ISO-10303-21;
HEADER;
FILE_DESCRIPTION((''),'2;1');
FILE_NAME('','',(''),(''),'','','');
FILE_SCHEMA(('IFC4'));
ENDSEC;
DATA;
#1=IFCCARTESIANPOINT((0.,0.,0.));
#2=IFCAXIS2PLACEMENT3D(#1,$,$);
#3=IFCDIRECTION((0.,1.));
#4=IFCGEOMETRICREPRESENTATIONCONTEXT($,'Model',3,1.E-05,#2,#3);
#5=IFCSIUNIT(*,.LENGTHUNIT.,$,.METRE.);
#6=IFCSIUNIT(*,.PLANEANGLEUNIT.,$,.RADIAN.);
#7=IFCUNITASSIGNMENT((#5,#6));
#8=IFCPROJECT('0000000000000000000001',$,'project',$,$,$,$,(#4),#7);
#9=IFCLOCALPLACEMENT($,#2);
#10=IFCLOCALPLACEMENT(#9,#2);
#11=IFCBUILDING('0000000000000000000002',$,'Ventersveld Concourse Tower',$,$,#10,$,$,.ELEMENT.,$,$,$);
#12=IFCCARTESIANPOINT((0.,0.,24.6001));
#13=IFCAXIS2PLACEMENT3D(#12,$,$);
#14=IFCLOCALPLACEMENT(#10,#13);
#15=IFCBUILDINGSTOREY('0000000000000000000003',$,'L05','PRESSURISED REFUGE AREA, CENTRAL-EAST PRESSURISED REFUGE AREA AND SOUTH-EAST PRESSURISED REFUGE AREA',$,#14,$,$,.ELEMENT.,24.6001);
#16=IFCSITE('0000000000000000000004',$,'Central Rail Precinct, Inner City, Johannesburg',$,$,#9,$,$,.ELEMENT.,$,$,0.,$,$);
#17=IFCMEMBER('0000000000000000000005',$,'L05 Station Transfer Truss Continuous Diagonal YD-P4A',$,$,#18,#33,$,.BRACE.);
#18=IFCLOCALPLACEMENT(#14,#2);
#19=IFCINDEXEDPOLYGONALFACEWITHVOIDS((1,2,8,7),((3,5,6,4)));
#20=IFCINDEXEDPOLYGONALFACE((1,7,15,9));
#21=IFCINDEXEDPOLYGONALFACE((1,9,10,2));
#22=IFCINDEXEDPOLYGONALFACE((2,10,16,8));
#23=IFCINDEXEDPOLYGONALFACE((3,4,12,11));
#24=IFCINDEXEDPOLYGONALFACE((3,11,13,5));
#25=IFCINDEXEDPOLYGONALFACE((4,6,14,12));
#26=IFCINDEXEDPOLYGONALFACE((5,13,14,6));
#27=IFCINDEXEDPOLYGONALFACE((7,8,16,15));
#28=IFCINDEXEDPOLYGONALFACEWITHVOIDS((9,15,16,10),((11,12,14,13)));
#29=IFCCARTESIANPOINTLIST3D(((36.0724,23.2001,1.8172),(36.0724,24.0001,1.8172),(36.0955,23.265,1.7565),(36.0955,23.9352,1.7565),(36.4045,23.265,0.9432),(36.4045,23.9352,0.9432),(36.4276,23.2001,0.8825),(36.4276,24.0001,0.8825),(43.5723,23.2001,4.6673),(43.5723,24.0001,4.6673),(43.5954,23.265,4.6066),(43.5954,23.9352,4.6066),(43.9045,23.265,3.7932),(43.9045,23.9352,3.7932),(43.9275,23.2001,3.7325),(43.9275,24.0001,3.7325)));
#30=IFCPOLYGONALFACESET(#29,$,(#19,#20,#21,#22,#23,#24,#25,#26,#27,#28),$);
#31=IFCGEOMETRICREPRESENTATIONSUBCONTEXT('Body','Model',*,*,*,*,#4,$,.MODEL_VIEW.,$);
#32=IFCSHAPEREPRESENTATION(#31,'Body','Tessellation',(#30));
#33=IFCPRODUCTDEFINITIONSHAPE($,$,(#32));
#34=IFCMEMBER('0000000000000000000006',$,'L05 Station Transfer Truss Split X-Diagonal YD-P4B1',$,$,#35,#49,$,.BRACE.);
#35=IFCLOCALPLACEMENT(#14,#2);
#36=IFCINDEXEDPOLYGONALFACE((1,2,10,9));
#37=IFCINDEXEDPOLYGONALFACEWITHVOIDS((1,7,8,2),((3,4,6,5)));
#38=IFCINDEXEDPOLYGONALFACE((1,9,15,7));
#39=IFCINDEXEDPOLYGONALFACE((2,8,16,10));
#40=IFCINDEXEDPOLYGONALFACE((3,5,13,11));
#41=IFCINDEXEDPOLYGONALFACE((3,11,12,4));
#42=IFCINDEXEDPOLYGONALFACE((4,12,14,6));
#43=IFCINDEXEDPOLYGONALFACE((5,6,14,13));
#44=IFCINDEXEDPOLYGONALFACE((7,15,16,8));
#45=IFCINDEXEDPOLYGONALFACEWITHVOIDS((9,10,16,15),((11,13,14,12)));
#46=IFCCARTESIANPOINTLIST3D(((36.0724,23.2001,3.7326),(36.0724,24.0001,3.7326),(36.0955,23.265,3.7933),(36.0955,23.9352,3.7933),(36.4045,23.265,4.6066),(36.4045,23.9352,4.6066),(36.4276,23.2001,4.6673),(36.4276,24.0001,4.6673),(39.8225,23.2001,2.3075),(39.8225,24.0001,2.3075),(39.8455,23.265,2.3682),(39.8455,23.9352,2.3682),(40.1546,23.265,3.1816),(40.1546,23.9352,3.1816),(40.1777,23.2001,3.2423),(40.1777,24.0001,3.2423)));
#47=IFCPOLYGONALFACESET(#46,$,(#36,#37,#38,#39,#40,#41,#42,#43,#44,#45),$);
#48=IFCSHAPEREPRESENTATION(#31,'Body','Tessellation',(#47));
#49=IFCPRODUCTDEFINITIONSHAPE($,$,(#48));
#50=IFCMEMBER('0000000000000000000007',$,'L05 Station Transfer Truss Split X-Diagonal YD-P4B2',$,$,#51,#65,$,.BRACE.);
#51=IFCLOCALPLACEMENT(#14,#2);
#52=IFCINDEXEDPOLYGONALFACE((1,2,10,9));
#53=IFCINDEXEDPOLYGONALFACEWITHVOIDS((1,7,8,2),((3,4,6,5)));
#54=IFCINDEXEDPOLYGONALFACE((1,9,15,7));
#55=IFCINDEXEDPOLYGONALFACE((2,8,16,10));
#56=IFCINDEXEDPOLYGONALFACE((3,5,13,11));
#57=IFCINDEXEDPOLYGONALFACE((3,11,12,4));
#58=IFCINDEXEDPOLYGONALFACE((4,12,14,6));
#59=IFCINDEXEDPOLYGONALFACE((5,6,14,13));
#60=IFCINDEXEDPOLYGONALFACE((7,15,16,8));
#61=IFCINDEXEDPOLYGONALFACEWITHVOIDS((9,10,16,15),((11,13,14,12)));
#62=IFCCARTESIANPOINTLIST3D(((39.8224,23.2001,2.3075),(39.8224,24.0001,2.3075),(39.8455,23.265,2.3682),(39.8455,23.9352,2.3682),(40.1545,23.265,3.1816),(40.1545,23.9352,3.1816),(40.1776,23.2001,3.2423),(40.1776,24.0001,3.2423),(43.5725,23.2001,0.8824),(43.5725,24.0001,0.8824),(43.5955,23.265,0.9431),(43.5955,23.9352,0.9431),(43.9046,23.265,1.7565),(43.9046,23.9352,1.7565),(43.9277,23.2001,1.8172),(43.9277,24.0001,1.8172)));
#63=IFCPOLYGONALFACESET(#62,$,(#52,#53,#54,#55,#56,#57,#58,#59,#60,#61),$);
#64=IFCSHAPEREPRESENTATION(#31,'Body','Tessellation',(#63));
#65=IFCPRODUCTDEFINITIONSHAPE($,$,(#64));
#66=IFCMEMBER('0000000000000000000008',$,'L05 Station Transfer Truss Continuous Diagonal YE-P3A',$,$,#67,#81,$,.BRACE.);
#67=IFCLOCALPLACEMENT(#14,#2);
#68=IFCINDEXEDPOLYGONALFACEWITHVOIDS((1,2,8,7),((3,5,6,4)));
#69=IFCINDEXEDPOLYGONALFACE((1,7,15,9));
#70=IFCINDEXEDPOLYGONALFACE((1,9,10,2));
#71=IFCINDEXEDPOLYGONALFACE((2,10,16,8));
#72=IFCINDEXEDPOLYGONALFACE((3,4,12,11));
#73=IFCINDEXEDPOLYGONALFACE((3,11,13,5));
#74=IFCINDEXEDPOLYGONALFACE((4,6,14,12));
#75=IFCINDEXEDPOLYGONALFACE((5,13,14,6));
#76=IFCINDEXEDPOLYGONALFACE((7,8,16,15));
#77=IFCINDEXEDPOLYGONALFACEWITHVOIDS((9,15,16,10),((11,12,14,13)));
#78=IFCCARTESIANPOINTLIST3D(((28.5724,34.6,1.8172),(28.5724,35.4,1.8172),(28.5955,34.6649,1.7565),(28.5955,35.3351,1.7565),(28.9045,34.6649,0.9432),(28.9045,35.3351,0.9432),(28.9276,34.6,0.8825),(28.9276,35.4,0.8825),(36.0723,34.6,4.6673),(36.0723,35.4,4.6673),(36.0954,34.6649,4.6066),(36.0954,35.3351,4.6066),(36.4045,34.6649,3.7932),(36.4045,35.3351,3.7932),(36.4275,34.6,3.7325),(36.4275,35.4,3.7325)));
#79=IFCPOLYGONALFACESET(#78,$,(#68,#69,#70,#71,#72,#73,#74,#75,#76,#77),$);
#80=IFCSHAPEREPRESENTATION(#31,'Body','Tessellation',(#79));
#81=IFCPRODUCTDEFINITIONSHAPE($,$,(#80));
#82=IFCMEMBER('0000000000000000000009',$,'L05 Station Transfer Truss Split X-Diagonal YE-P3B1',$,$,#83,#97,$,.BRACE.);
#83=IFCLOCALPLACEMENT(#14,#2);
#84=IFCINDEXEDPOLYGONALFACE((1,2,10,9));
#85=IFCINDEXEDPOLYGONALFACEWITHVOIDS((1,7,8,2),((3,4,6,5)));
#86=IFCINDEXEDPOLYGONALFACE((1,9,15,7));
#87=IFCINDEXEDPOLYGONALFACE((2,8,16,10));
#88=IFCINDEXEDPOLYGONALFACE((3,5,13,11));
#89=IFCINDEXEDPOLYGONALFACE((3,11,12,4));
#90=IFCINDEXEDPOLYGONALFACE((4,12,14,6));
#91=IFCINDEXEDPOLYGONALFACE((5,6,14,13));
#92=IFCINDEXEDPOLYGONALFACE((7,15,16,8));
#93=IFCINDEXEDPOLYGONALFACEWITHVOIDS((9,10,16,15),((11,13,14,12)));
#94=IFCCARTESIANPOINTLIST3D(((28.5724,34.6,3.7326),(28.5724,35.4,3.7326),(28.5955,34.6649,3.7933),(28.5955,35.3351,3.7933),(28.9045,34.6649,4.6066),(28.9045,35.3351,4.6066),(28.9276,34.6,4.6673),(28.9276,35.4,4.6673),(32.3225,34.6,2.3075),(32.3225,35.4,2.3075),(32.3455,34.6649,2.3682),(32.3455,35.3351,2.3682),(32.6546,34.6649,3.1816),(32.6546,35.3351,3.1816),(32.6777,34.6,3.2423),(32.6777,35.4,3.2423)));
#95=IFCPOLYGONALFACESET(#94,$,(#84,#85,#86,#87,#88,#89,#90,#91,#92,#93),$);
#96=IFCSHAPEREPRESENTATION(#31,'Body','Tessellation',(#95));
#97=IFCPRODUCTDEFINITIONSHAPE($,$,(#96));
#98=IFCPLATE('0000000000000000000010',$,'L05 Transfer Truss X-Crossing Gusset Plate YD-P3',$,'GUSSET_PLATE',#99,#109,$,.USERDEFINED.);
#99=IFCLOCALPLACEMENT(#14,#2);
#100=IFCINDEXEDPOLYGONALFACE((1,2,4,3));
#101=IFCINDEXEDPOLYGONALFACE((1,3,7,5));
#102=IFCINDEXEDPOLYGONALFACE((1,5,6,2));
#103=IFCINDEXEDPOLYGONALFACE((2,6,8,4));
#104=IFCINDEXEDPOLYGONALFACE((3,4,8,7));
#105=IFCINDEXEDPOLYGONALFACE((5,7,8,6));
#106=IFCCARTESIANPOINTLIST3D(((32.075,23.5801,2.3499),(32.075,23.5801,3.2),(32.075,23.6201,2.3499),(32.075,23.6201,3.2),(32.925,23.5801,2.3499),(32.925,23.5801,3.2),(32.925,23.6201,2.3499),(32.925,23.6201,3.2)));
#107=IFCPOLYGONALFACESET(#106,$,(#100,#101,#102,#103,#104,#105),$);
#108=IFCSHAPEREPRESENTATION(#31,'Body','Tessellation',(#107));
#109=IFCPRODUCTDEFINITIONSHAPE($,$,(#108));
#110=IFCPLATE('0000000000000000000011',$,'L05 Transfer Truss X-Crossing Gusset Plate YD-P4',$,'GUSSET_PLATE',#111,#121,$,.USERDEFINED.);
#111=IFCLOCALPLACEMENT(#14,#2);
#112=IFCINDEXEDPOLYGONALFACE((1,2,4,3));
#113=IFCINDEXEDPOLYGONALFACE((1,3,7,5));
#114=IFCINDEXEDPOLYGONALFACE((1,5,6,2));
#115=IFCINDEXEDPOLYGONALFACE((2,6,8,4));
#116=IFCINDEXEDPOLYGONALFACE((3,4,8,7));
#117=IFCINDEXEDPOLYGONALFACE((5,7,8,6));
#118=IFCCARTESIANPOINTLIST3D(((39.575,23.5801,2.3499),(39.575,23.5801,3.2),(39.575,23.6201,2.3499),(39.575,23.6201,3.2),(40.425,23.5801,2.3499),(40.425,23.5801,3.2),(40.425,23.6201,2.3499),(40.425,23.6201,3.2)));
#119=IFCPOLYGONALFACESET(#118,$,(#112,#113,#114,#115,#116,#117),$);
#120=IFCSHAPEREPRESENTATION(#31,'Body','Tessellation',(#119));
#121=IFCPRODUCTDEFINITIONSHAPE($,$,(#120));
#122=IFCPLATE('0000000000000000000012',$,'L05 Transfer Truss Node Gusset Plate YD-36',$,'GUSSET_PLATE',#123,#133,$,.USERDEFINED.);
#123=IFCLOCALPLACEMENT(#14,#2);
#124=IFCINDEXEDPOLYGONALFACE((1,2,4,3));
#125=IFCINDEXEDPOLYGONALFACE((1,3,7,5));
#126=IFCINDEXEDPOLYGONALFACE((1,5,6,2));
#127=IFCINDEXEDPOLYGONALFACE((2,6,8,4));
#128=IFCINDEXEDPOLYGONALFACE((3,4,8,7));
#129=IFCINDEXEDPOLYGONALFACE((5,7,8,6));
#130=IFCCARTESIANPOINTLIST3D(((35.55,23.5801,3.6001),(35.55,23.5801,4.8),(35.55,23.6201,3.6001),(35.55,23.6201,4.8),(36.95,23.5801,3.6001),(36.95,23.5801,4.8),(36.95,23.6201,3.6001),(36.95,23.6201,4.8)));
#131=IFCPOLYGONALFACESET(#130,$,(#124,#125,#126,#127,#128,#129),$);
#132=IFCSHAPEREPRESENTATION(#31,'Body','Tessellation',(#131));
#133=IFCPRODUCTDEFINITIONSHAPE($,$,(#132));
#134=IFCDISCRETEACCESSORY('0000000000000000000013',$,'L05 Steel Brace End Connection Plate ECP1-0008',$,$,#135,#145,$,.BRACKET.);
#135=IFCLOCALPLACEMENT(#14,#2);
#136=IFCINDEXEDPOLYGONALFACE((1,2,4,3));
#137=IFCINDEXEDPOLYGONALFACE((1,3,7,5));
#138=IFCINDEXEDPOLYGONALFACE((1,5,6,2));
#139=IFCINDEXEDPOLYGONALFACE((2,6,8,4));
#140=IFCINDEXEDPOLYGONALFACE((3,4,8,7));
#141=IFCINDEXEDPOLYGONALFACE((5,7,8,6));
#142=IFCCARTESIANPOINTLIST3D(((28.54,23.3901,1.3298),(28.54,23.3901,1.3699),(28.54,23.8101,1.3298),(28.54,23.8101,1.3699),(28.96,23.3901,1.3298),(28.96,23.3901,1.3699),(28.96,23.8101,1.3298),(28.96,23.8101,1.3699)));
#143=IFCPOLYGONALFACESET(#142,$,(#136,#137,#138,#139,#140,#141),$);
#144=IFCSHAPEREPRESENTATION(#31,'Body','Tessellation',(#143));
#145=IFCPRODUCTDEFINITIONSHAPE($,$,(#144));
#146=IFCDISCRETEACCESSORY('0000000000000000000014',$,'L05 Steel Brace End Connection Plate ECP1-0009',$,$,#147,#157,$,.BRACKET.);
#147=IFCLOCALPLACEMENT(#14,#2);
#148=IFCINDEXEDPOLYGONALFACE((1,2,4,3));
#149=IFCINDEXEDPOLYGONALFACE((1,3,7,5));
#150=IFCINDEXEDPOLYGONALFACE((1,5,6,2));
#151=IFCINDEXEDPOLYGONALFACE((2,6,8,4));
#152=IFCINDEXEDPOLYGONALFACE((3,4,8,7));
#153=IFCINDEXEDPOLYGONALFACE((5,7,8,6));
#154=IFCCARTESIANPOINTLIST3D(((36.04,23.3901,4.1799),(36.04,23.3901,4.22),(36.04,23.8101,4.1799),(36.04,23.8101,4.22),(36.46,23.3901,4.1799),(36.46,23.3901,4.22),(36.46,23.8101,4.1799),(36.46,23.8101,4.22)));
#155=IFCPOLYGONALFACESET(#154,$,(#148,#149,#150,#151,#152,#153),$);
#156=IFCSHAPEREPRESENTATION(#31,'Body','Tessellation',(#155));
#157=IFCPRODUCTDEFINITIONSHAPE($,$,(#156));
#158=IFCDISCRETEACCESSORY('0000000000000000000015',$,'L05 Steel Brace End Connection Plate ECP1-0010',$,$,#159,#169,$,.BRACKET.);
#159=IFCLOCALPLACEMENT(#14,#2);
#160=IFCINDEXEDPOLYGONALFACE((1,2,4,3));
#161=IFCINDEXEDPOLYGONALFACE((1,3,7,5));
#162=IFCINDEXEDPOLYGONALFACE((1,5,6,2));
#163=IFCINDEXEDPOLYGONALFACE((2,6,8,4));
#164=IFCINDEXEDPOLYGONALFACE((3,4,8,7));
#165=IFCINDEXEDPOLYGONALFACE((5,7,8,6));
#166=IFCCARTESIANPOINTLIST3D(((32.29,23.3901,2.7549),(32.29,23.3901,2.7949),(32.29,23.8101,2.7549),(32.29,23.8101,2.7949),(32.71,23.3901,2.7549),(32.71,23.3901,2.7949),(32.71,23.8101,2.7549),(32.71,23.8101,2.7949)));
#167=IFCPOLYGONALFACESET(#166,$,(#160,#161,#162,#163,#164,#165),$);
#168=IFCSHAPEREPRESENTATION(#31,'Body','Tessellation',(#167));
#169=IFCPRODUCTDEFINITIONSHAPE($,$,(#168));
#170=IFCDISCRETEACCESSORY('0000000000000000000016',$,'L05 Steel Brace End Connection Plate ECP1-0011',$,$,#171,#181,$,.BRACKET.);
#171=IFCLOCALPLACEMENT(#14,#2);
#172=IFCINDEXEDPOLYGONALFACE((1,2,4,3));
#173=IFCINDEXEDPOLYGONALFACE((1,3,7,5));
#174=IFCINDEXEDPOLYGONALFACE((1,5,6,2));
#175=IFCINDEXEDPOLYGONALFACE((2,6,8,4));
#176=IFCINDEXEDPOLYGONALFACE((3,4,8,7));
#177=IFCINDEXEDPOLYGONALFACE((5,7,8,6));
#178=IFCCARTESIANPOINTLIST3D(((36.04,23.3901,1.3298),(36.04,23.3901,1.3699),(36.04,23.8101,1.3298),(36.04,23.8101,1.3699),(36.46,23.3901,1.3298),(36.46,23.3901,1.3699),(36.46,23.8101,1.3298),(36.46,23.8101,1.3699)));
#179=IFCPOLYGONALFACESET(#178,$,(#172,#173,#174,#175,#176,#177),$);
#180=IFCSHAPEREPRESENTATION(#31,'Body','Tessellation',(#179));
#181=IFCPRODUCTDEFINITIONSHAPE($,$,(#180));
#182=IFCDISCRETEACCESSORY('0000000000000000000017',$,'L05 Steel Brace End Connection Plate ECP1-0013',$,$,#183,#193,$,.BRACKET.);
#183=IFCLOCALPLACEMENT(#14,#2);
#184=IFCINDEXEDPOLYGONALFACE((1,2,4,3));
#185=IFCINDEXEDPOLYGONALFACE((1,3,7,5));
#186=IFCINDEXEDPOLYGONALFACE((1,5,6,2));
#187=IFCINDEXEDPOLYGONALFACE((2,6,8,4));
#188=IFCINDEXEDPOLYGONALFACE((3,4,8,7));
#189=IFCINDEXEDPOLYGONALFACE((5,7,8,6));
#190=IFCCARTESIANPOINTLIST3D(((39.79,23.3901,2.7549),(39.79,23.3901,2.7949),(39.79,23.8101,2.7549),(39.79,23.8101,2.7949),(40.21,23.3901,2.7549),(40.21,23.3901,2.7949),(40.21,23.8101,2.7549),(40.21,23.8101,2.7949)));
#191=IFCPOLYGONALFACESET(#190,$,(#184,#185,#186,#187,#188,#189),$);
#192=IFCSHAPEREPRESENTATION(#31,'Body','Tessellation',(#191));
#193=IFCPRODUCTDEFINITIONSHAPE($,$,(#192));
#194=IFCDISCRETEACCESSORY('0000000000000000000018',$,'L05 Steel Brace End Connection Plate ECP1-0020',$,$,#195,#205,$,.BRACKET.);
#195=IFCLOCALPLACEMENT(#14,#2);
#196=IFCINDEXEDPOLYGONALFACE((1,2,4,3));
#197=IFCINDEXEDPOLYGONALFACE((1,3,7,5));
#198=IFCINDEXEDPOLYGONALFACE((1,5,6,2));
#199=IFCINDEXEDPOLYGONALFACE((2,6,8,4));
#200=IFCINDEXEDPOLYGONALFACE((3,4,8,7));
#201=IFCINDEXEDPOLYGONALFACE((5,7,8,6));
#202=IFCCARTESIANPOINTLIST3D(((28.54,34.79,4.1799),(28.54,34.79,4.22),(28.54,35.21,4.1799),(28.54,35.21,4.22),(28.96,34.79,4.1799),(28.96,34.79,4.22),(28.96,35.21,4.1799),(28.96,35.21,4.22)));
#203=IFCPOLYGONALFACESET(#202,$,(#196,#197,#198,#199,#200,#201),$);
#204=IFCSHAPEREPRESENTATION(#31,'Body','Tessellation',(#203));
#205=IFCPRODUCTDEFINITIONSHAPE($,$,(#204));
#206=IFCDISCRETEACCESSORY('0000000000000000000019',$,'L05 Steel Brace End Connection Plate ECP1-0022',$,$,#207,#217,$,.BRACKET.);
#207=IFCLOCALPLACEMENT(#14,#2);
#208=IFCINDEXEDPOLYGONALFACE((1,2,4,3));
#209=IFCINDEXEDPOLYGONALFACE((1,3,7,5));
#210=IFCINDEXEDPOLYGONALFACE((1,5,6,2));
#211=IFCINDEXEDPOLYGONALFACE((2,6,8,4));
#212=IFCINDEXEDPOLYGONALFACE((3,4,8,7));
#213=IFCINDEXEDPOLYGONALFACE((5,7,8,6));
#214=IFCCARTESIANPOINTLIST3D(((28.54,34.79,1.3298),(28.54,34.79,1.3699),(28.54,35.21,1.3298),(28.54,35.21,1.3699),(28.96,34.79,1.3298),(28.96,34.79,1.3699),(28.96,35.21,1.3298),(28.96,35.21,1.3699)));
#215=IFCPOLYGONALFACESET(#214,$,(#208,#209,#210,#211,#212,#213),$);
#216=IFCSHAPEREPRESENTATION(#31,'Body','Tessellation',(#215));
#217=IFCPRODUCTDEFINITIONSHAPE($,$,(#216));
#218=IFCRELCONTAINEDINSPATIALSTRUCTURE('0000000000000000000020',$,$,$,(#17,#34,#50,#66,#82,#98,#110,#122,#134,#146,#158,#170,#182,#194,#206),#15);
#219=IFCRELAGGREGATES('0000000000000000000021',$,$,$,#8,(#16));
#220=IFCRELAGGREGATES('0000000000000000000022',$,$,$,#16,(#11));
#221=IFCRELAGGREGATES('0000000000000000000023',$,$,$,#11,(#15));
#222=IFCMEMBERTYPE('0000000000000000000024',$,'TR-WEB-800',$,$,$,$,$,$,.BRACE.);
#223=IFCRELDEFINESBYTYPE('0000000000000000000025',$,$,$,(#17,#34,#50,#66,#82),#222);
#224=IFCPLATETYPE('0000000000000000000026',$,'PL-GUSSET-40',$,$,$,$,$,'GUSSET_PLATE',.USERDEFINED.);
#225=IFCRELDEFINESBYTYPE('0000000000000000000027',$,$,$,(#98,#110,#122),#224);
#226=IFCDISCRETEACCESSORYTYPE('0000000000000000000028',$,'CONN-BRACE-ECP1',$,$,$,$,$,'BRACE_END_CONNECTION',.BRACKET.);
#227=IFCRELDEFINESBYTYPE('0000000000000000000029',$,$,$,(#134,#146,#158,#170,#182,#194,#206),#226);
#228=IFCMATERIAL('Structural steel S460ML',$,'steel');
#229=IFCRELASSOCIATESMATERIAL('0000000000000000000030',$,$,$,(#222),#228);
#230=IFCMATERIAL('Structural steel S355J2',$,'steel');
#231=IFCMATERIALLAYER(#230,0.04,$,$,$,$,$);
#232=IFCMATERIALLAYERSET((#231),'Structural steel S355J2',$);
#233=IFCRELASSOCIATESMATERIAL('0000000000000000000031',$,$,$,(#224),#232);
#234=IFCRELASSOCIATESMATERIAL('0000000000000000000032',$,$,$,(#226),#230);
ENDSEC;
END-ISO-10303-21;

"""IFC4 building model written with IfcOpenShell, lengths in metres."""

from ifc_helpers import new_model, si_unit, direction, frame, origin, origin_2d, place, context, subcontext, project, spatial, rectangle, hollow_rectangle, extrude, material, layer, layer_set, material_profile, profile_set, type_object, element, save


model = new_model("IFC4")

# Units and contexts
model_context = context("Model", 3, precision=1e-05, world=origin(), true_north=direction((0.0, 1.0)))
body_context = subcontext(model_context, "Body", "Model", "MODEL_VIEW")
ifc_project = project(units=[si_unit("LENGTHUNIT", "METRE"), si_unit("PLANEANGLEUNIT", "RADIAN")], contexts=[model_context])

# Site, building, storey
site_placement = place(None, origin())
site = spatial("IfcSite", under=ifc_project, at=site_placement, Name="Central Rail Precinct, Inner City, Johannesburg", CompositionType="ELEMENT", RefElevation=0.0)
building_placement = place(site_placement, origin())
building = spatial("IfcBuilding", under=site, at=building_placement, Name="Ventersveld Concourse Tower", CompositionType="ELEMENT")
storey_placement = place(building_placement, frame((0.0, 0.0, 24.6001)))
storey = spatial("IfcBuildingStorey", under=building, at=storey_placement, Name="L05", Description="PRESSURISED REFUGE AREA, CENTRAL-EAST PRESSURISED REFUGE AREA AND SOUTH-EAST PRESSURISED REFUGE AREA", CompositionType="ELEMENT", Elevation=24.6001)

# Shared definitions
ifc_material_1 = material(Name="Structural steel S355J2", Category="steel")

# Shared definitions
ifc_material_2 = material(Name="Structural steel S460ML", Category="steel")

# Members
ifc_material_profile_1 = material_profile(ifc_material_2, hollow_rectangle(XDim=0.8, YDim=1.0, WallThickness=0.0649, at=origin_2d()), Name="BOX 1000x800x65")
ifc_profile_set_1 = profile_set([ifc_material_profile_1], Name="Structural steel S460ML")
member_type_1 = type_object("IfcMemberType", Name="TR-WEB-800", PredefinedType="BRACE", material=ifc_profile_set_1)
member_1_placement = place(storey_placement, frame((36.25, 23.6001, 1.3499), z_axis=(0.93478, 0.0, 0.355228), x_axis=(0.0, 1.0, 0.0)))
element("IfcMember", 1, at=member_1_placement, inside=storey, type_object=member_type_1, Name="L05 Station Transfer Truss Continuous Diagonal YD-P4A", PredefinedType="BRACE", context=body_context, shape_type="SweptSolid", body=[
    extrude(hollow_rectangle(XDim=0.8, YDim=1.0, WallThickness=0.0649, at=origin_2d()), origin(), (0.0, 0.0, 1.0), 8.0232),
])
for number, where, z_axis, x_axis, name in (
    (2, (36.25, 23.6001, 4.2), (0.93478, 0.0, -0.355228), (0.0, 1.0, 0.0), "L05 Station Transfer Truss Split X-Diagonal YD-P4B1"),
    (3, (40.0, 23.6001, 2.7749), (0.93478, 0.0, -0.355228), (0.0, 1.0, 0.0), "L05 Station Transfer Truss Split X-Diagonal YD-P4B2"),
):
    element("IfcMember", number, at=place(storey_placement, frame(where, z_axis=z_axis, x_axis=x_axis)), inside=storey, type_object=member_type_1, Name=name, PredefinedType="BRACE", context=body_context, shape_type="SweptSolid", body=[
        extrude(hollow_rectangle(XDim=0.8, YDim=1.0, WallThickness=0.0649, at=origin_2d()), origin(), (0.0, 0.0, 1.0), 4.0117),
    ])
member_2_placement = place(storey_placement, frame((28.75, 35.0, 1.3499), z_axis=(0.93478, 0.0, 0.355228), x_axis=(0.0, 1.0, 0.0)))
element("IfcMember", 4, at=member_2_placement, inside=storey, type_object=member_type_1, Name="L05 Station Transfer Truss Continuous Diagonal YE-P3A", PredefinedType="BRACE", context=body_context, shape_type="SweptSolid", body=[
    extrude(hollow_rectangle(XDim=0.8, YDim=1.0, WallThickness=0.0649, at=origin_2d()), origin(), (0.0, 0.0, 1.0), 8.0232),
])
member_3_placement = place(storey_placement, frame((28.75, 35.0, 4.2), z_axis=(0.93478, 0.0, -0.355228), x_axis=(0.0, 1.0, 0.0)))
element("IfcMember", 5, at=member_3_placement, inside=storey, type_object=member_type_1, Name="L05 Station Transfer Truss Split X-Diagonal YE-P3B1", PredefinedType="BRACE", context=body_context, shape_type="SweptSolid", body=[
    extrude(hollow_rectangle(XDim=0.8, YDim=1.0, WallThickness=0.0649, at=origin_2d()), origin(), (0.0, 0.0, 1.0), 4.0117),
])

# Plates
ifc_layer = layer(ifc_material_1, 0.04)
ifc_layer_set = layer_set([ifc_layer], Name="Structural steel S355J2")
plate_type = type_object("IfcPlateType", Name="PL-GUSSET-40", ElementType="GUSSET_PLATE", PredefinedType="USERDEFINED", material=ifc_layer_set)
for number, where, z_axis, x_axis, name in (
    (6, (32.5, 23.6001, 2.3499), (0.0, 0.0, 1.0), (1.0, 0.0, 0.0), "L05 Transfer Truss X-Crossing Gusset Plate YD-P3"),
    (7, (40.0, 23.6001, 2.3499), (0.0, 0.0, 1.0), (1.0, 0.0, 0.0), "L05 Transfer Truss X-Crossing Gusset Plate YD-P4"),
):
    element("IfcPlate", number, at=place(storey_placement, frame(where, z_axis=z_axis, x_axis=x_axis)), inside=storey, type_object=plate_type, Name=name, ObjectType="GUSSET_PLATE", PredefinedType="USERDEFINED", context=body_context, shape_type="SweptSolid", body=[
        extrude(rectangle(XDim=0.8501, YDim=0.04, at=origin_2d()), origin(), (0.0, 0.0, 1.0), 0.8501),
    ])
plate_placement = place(storey_placement, frame((36.25, 23.6001, 3.6001), z_axis=(0.0, 0.0, 1.0), x_axis=(1.0, 0.0, 0.0)))
element("IfcPlate", 8, at=plate_placement, inside=storey, type_object=plate_type, Name="L05 Transfer Truss Node Gusset Plate YD-36", ObjectType="GUSSET_PLATE", PredefinedType="USERDEFINED", context=body_context, shape_type="SweptSolid", body=[
    extrude(rectangle(XDim=1.3999, YDim=0.04, at=origin_2d()), origin(), (0.0, 0.0, 1.0), 1.2),
])

# Discrete accessories
discrete_accessory_type = type_object("IfcDiscreteAccessoryType", Name="CONN-BRACE-ECP1", ElementType="BRACE_END_CONNECTION", PredefinedType="BRACKET", material=ifc_material_1)
for number, where, z_axis, x_axis, name in (
    (9, (28.75, 23.6001, 1.3298), (0.0, 0.0, 1.0), (1.0, 0.0, 0.0), "L05 Steel Brace End Connection Plate ECP1-0008"),
    (10, (36.25, 23.6001, 4.1799), (0.0, 0.0, 1.0), (1.0, 0.0, 0.0), "L05 Steel Brace End Connection Plate ECP1-0009"),
    (11, (32.5, 23.6001, 2.7549), (0.0, 0.0, 1.0), (1.0, 0.0, 0.0), "L05 Steel Brace End Connection Plate ECP1-0010"),
    (12, (36.25, 23.6001, 1.3298), (0.0, 0.0, 1.0), (1.0, 0.0, 0.0), "L05 Steel Brace End Connection Plate ECP1-0011"),
    (13, (40.0, 23.6001, 2.7549), (0.0, 0.0, 1.0), (1.0, 0.0, 0.0), "L05 Steel Brace End Connection Plate ECP1-0013"),
    (14, (28.75, 35.0, 4.1799), (0.0, 0.0, 1.0), (1.0, 0.0, 0.0), "L05 Steel Brace End Connection Plate ECP1-0020"),
    (15, (28.75, 35.0, 1.3298), (0.0, 0.0, 1.0), (1.0, 0.0, 0.0), "L05 Steel Brace End Connection Plate ECP1-0022"),
):
    element("IfcDiscreteAccessory", number, at=place(storey_placement, frame(where, z_axis=z_axis, x_axis=x_axis)), inside=storey, type_object=discrete_accessory_type, Name=name, PredefinedType="BRACKET", context=body_context, shape_type="SweptSolid", body=[
        extrude(rectangle(XDim=0.4199, YDim=0.4199, at=origin_2d()), origin(), (0.0, 0.0, 1.0), 0.04),
    ])

save(model, "model.ifc")
